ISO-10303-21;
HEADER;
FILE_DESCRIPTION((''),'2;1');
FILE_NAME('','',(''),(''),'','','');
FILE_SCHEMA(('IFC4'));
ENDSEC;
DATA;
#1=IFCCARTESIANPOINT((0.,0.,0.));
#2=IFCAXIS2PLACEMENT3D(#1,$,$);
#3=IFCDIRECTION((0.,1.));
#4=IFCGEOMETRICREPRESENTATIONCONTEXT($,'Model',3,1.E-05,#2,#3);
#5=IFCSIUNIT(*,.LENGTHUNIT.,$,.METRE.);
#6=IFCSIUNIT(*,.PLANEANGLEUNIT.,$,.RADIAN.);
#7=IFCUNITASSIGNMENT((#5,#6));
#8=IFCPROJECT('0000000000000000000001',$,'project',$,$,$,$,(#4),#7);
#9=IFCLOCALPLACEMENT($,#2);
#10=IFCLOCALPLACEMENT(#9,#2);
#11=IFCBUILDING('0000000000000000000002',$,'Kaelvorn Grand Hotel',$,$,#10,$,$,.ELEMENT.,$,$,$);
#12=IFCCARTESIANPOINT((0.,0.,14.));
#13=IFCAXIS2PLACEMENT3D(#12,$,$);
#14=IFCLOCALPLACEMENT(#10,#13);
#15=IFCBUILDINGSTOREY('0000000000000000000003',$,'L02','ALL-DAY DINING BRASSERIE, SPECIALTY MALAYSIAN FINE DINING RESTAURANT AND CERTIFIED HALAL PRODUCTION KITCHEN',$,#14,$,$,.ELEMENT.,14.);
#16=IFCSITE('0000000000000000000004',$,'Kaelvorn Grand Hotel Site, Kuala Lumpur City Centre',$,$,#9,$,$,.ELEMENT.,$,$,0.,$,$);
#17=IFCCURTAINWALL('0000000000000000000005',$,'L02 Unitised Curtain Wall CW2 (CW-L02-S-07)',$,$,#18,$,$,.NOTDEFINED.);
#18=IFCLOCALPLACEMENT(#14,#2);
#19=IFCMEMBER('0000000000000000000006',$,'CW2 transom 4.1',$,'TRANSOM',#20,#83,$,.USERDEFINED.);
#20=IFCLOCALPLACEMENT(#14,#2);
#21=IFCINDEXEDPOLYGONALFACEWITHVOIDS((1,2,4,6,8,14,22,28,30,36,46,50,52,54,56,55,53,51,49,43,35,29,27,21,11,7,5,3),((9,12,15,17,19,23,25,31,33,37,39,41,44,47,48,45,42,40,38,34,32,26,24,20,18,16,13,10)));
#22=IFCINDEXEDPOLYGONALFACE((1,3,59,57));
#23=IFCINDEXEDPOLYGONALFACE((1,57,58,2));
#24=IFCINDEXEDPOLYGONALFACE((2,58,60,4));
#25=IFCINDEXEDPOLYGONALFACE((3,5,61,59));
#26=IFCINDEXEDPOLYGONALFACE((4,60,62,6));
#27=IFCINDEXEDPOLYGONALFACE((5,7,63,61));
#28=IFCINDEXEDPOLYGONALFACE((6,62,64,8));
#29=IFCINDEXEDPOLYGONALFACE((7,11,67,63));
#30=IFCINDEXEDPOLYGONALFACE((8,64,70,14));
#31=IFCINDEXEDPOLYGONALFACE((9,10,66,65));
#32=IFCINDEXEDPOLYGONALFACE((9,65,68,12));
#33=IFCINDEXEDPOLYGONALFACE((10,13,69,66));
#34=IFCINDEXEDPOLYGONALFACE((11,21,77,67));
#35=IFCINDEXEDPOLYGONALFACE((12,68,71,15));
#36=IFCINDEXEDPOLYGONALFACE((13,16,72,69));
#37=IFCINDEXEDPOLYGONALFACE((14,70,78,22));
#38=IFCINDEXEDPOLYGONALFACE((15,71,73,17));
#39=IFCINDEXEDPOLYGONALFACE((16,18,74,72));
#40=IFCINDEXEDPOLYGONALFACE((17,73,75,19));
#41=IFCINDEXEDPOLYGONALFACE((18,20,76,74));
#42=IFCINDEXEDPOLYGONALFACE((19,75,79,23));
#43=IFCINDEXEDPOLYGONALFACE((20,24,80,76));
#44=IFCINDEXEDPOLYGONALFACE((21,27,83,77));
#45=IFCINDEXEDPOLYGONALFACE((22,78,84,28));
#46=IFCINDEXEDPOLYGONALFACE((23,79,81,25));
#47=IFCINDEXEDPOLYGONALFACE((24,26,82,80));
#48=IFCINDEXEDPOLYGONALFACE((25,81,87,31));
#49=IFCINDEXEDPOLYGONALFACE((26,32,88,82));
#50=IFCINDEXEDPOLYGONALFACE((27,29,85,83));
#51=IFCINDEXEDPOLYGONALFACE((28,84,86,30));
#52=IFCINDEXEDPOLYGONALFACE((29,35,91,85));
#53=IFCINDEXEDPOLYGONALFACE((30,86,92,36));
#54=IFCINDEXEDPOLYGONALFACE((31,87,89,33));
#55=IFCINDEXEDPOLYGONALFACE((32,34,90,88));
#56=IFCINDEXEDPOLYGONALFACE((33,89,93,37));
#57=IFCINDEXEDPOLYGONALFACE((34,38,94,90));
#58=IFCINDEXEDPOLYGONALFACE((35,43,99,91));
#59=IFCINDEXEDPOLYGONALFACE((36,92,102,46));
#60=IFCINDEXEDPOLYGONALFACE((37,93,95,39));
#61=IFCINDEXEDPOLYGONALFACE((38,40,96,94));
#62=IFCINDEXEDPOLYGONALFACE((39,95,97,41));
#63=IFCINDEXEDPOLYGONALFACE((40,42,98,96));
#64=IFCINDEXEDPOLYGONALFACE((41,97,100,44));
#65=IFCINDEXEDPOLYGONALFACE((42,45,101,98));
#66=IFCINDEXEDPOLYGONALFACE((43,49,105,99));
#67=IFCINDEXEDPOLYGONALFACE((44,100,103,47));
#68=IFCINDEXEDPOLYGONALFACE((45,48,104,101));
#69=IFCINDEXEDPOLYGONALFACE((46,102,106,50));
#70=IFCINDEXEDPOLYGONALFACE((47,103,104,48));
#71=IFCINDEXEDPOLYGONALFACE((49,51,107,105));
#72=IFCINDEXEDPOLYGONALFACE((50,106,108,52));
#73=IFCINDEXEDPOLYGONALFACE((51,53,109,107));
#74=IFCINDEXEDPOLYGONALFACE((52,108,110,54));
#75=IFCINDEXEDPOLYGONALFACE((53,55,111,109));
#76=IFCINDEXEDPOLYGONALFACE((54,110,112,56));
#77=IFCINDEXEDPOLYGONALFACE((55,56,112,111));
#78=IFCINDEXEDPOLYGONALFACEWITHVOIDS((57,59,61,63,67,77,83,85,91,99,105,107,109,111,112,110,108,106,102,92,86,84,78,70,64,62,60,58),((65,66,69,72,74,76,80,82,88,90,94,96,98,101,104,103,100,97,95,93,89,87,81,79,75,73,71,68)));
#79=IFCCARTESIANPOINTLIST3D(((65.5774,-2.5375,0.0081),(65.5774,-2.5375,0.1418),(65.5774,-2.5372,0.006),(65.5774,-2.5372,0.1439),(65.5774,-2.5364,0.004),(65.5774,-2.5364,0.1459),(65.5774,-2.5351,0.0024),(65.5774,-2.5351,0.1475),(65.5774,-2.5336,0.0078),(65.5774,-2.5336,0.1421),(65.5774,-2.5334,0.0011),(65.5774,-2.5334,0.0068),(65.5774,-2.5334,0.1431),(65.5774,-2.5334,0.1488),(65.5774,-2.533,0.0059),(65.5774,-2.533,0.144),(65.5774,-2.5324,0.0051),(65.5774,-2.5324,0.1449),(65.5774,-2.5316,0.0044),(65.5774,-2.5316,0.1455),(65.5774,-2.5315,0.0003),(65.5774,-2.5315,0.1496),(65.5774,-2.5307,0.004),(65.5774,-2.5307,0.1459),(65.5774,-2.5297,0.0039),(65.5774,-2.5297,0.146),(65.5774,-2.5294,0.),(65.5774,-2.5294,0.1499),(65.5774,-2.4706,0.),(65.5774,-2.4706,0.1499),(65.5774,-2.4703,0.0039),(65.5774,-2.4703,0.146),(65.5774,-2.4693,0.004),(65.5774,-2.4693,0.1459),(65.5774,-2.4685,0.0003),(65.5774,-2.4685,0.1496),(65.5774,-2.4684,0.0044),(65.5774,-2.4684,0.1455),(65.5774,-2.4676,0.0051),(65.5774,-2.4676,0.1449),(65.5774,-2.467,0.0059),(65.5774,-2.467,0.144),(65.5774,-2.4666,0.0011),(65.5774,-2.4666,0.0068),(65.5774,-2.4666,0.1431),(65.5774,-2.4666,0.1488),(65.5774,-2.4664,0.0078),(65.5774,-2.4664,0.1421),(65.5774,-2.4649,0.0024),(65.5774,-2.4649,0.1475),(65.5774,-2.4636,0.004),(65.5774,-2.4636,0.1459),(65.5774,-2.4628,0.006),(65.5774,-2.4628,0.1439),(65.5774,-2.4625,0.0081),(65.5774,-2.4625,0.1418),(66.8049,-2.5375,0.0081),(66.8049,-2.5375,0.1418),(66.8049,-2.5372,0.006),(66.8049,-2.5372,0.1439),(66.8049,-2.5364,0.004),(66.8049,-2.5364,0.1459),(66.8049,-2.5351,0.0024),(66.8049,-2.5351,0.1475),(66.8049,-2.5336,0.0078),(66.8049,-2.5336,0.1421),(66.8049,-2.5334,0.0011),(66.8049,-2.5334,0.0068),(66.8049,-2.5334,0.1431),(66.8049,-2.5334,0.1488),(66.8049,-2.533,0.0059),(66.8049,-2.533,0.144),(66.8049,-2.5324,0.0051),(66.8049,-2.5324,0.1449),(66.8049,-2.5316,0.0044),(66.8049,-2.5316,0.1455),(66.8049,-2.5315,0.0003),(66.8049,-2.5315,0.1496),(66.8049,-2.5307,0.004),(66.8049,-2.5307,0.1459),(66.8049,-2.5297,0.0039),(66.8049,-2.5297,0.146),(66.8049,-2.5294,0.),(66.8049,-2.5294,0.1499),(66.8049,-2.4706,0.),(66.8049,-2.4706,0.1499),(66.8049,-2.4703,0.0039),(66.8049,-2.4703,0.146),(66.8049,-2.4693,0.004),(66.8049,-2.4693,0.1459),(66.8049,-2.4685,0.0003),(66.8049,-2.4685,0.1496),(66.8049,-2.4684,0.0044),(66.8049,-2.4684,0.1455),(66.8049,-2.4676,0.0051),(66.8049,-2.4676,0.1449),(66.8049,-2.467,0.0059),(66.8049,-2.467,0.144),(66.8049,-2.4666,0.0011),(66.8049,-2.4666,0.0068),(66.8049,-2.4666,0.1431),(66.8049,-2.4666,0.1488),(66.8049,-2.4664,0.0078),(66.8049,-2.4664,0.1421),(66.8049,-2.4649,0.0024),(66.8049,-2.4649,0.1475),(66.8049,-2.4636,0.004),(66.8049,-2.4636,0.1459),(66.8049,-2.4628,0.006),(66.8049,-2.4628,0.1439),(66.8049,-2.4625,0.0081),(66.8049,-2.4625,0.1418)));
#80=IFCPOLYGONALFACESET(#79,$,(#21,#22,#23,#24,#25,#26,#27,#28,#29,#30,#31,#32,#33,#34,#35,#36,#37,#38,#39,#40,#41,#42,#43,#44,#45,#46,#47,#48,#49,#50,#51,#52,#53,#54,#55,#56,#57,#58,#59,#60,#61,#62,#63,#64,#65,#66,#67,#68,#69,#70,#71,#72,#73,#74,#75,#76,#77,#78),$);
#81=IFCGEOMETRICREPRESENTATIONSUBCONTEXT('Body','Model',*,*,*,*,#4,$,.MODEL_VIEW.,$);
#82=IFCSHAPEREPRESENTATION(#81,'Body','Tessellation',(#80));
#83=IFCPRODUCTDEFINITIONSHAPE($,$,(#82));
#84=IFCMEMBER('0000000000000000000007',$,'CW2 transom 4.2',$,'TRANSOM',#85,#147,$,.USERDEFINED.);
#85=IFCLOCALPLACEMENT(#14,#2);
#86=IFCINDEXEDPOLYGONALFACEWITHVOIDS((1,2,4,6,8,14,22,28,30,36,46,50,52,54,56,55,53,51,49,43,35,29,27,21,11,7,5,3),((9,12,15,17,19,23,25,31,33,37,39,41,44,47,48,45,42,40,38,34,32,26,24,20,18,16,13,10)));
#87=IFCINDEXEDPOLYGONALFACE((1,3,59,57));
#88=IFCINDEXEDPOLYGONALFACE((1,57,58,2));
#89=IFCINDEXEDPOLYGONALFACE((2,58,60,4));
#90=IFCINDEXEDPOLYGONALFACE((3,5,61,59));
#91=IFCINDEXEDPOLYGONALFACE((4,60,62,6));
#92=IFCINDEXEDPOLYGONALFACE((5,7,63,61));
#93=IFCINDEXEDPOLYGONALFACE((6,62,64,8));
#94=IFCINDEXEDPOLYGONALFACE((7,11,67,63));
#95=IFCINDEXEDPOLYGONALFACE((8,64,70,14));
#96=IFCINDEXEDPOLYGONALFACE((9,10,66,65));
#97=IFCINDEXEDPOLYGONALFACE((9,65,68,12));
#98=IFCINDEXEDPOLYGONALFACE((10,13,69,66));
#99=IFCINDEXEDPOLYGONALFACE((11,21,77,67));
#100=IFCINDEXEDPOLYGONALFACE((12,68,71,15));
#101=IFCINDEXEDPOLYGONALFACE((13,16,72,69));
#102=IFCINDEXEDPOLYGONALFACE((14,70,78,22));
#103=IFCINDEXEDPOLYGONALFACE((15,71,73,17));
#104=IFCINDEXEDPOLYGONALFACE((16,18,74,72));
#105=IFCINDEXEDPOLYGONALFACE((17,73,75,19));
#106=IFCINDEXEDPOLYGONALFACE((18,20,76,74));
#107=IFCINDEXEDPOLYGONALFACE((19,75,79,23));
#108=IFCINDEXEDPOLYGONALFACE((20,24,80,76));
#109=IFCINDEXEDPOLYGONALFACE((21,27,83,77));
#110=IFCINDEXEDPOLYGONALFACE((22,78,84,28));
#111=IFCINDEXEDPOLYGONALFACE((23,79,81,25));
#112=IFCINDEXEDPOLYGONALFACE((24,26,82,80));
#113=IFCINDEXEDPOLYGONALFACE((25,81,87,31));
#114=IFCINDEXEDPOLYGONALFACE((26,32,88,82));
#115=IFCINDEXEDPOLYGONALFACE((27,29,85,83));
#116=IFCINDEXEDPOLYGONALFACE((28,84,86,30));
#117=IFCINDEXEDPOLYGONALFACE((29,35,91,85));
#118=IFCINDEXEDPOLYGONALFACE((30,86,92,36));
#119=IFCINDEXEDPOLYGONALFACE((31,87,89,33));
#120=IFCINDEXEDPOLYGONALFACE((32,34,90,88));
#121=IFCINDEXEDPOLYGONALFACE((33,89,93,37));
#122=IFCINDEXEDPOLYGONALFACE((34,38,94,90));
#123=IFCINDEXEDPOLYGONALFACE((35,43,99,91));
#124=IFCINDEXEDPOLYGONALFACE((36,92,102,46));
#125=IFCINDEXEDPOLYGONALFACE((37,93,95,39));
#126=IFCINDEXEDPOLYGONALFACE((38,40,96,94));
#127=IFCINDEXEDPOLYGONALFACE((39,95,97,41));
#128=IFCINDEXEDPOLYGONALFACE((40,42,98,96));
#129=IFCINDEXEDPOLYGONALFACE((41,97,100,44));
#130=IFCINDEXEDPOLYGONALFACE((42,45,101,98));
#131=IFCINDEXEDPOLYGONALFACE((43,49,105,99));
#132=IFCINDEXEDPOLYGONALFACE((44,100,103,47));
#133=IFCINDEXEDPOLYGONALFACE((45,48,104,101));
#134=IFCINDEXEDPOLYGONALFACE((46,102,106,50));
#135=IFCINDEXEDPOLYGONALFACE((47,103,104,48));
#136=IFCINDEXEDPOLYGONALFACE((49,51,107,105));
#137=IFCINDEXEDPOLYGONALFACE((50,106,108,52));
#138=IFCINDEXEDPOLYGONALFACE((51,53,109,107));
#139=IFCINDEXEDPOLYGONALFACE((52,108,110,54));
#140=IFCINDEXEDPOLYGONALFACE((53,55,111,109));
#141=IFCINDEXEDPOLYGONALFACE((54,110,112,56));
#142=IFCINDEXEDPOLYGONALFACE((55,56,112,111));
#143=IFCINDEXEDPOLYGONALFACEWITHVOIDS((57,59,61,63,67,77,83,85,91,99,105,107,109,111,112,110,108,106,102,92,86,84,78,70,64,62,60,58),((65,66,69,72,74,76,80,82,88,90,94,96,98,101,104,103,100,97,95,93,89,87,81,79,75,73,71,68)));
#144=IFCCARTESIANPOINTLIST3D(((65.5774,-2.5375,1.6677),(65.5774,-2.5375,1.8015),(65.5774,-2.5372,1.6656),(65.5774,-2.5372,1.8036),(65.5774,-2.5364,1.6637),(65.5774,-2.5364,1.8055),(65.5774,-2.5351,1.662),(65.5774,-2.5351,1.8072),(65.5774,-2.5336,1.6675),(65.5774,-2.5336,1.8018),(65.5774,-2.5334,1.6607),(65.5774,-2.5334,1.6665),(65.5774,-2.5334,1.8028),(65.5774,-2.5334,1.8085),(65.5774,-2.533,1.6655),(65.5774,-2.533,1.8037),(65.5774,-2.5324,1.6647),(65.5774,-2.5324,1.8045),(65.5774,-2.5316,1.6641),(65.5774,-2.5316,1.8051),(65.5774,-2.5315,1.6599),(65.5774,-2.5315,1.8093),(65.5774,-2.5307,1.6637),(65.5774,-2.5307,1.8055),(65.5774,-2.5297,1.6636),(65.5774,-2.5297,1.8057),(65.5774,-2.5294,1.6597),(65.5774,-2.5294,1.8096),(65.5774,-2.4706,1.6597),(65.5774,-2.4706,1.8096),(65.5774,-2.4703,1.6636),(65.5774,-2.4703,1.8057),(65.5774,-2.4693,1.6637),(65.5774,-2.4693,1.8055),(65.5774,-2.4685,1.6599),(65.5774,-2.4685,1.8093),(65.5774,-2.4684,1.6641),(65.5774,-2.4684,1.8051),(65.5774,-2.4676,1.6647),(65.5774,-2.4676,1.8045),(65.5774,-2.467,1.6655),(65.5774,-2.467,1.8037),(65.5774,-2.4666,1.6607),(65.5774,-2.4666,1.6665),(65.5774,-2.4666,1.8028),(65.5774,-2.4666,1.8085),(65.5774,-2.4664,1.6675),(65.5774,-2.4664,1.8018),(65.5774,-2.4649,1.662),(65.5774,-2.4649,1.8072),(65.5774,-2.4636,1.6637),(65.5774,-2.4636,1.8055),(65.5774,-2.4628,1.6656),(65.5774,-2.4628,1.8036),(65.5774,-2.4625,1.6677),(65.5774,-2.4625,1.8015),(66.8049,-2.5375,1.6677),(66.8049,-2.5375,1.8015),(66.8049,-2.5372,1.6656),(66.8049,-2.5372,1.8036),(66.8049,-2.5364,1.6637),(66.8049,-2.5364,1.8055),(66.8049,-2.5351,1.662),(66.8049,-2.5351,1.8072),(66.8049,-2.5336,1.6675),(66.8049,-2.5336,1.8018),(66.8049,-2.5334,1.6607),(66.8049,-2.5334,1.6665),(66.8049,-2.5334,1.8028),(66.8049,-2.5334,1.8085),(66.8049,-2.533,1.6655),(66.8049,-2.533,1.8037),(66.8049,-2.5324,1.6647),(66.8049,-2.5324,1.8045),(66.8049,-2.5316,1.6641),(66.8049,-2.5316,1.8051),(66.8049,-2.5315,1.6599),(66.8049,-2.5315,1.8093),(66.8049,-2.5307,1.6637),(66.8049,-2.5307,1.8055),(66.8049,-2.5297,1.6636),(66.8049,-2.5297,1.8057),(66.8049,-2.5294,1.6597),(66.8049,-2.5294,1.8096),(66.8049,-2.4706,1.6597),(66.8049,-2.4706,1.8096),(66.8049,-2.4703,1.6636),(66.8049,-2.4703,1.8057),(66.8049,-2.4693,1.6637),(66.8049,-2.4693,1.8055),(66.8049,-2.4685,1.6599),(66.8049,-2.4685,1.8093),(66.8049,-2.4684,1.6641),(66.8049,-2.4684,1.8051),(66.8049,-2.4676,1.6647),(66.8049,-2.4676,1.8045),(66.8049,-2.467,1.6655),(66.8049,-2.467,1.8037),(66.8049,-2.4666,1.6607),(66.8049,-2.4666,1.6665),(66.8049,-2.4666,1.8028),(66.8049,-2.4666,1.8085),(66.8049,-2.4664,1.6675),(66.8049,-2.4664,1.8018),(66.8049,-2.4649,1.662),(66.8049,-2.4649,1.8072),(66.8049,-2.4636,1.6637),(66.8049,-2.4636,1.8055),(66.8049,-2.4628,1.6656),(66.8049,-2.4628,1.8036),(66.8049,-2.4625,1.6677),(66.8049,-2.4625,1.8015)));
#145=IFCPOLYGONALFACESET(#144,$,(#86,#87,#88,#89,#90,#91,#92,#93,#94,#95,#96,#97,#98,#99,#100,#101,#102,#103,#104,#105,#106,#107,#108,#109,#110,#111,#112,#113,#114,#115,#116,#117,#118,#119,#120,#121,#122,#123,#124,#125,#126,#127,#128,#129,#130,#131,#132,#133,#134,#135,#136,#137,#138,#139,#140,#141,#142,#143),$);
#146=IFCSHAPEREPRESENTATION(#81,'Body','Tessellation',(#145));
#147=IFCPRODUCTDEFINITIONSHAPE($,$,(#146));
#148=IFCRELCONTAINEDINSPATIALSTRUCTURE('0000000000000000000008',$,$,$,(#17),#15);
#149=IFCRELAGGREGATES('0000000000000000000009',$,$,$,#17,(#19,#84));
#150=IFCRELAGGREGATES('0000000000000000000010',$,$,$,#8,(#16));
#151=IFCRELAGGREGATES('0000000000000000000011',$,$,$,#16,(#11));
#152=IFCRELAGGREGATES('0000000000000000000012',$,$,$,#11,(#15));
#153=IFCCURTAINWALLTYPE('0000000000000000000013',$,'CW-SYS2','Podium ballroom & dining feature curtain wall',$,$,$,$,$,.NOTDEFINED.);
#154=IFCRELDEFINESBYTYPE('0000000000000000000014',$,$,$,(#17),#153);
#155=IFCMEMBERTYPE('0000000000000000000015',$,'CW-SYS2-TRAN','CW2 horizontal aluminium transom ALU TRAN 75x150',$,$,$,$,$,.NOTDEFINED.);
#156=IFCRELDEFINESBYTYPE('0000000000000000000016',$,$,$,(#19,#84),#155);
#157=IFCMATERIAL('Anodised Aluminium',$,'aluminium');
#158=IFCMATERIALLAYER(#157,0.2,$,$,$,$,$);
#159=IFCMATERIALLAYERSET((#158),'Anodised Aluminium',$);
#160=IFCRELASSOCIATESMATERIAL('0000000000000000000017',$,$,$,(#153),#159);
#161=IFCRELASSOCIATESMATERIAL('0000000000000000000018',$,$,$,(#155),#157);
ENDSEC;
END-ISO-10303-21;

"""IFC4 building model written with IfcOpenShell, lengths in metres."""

from ifc_helpers import new_model, si_unit, direction, frame, origin, origin_2d, place, context, subcontext, project, spatial, hollow_rectangle, extrude, material, layer, layer_set, material_profile, profile_set, type_object, element, aggregate, save


model = new_model("IFC4")

# Units and contexts
model_context = context("Model", 3, precision=1e-05, world=origin(), true_north=direction((0.0, 1.0)))
body_context = subcontext(model_context, "Body", "Model", "MODEL_VIEW")
ifc_project = project(units=[si_unit("LENGTHUNIT", "METRE"), si_unit("PLANEANGLEUNIT", "RADIAN")], contexts=[model_context])

# Site, building, storey
site_placement = place(None, origin())
site = spatial("IfcSite", under=ifc_project, at=site_placement, Name="Kaelvorn Grand Hotel Site, Kuala Lumpur City Centre", CompositionType="ELEMENT", RefElevation=0.0)
building_placement = place(site_placement, origin())
building = spatial("IfcBuilding", under=site, at=building_placement, Name="Kaelvorn Grand Hotel", CompositionType="ELEMENT")
storey_placement = place(building_placement, frame((0.0, 0.0, 14.0)))
storey = spatial("IfcBuildingStorey", under=building, at=storey_placement, Name="L02", Description="ALL-DAY DINING BRASSERIE, SPECIALTY MALAYSIAN FINE DINING RESTAURANT AND CERTIFIED HALAL PRODUCTION KITCHEN", CompositionType="ELEMENT", Elevation=14.0)

# Curtain wall, members
ifc_material_1 = material(Name="Anodised Aluminium", Category="aluminium")
ifc_layer_1 = layer(ifc_material_1, 0.2)
ifc_layer_set_1 = layer_set([ifc_layer_1], Name="Anodised Aluminium")
curtain_wall_type = type_object("IfcCurtainWallType", Name="CW-SYS2", Description="Podium ballroom & dining feature curtain wall", PredefinedType="NOTDEFINED", material=ifc_layer_set_1)
curtain_wall_placement = place(storey_placement, origin())
curtain_wall = element("IfcCurtainWall", 1, at=curtain_wall_placement, inside=storey, type_object=curtain_wall_type, Name="L02 Unitised Curtain Wall CW2 (CW-L02-S-07)", PredefinedType="NOTDEFINED")
ifc_material_profile_1 = material_profile(ifc_material_1, hollow_rectangle(XDim=0.075, YDim=0.1499, WallThickness=0.0039, InnerFilletRadius=0.0039, OuterFilletRadius=0.0081, at=origin_2d()), Name="ALU TRAN 75x150")
ifc_profile_set_1 = profile_set([ifc_material_profile_1], Name="Anodised Aluminium")
member_type_1 = type_object("IfcMemberType", Name="CW-SYS2-TRAN", Description="CW2 horizontal aluminium transom ALU TRAN 75x150", PredefinedType="NOTDEFINED", material=ifc_profile_set_1)
member_1_placement = place(storey_placement, frame((65.5774, -2.5, 0.075), z_axis=(1.0, 0.0, 0.0), x_axis=(0.0, 1.0, 0.0)))
member_1 = element("IfcMember", 2, at=member_1_placement, type_object=member_type_1, Name="CW2 transom 4.1", ObjectType="TRANSOM", PredefinedType="USERDEFINED", context=body_context, shape_type="SweptSolid", body=[
    extrude(hollow_rectangle(XDim=0.075, YDim=0.1499, WallThickness=0.0039, InnerFilletRadius=0.0039, OuterFilletRadius=0.0081, at=origin_2d()), origin(), (0.0, 0.0, 1.0), 1.2275),
])
member_2_placement = place(storey_placement, frame((65.5774, -2.5, 1.7346), z_axis=(1.0, 0.0, 0.0), x_axis=(0.0, 1.0, 0.0)))
member_2 = element("IfcMember", 3, at=member_2_placement, type_object=member_type_1, Name="CW2 transom 4.2", ObjectType="TRANSOM", PredefinedType="USERDEFINED", context=body_context, shape_type="SweptSolid", body=[
    extrude(hollow_rectangle(XDim=0.075, YDim=0.1499, WallThickness=0.0039, InnerFilletRadius=0.0039, OuterFilletRadius=0.0081, at=origin_2d()), origin(), (0.0, 0.0, 1.0), 1.2275),
])
aggregate(curtain_wall, [member_1, member_2])

save(model, "model.ifc")
